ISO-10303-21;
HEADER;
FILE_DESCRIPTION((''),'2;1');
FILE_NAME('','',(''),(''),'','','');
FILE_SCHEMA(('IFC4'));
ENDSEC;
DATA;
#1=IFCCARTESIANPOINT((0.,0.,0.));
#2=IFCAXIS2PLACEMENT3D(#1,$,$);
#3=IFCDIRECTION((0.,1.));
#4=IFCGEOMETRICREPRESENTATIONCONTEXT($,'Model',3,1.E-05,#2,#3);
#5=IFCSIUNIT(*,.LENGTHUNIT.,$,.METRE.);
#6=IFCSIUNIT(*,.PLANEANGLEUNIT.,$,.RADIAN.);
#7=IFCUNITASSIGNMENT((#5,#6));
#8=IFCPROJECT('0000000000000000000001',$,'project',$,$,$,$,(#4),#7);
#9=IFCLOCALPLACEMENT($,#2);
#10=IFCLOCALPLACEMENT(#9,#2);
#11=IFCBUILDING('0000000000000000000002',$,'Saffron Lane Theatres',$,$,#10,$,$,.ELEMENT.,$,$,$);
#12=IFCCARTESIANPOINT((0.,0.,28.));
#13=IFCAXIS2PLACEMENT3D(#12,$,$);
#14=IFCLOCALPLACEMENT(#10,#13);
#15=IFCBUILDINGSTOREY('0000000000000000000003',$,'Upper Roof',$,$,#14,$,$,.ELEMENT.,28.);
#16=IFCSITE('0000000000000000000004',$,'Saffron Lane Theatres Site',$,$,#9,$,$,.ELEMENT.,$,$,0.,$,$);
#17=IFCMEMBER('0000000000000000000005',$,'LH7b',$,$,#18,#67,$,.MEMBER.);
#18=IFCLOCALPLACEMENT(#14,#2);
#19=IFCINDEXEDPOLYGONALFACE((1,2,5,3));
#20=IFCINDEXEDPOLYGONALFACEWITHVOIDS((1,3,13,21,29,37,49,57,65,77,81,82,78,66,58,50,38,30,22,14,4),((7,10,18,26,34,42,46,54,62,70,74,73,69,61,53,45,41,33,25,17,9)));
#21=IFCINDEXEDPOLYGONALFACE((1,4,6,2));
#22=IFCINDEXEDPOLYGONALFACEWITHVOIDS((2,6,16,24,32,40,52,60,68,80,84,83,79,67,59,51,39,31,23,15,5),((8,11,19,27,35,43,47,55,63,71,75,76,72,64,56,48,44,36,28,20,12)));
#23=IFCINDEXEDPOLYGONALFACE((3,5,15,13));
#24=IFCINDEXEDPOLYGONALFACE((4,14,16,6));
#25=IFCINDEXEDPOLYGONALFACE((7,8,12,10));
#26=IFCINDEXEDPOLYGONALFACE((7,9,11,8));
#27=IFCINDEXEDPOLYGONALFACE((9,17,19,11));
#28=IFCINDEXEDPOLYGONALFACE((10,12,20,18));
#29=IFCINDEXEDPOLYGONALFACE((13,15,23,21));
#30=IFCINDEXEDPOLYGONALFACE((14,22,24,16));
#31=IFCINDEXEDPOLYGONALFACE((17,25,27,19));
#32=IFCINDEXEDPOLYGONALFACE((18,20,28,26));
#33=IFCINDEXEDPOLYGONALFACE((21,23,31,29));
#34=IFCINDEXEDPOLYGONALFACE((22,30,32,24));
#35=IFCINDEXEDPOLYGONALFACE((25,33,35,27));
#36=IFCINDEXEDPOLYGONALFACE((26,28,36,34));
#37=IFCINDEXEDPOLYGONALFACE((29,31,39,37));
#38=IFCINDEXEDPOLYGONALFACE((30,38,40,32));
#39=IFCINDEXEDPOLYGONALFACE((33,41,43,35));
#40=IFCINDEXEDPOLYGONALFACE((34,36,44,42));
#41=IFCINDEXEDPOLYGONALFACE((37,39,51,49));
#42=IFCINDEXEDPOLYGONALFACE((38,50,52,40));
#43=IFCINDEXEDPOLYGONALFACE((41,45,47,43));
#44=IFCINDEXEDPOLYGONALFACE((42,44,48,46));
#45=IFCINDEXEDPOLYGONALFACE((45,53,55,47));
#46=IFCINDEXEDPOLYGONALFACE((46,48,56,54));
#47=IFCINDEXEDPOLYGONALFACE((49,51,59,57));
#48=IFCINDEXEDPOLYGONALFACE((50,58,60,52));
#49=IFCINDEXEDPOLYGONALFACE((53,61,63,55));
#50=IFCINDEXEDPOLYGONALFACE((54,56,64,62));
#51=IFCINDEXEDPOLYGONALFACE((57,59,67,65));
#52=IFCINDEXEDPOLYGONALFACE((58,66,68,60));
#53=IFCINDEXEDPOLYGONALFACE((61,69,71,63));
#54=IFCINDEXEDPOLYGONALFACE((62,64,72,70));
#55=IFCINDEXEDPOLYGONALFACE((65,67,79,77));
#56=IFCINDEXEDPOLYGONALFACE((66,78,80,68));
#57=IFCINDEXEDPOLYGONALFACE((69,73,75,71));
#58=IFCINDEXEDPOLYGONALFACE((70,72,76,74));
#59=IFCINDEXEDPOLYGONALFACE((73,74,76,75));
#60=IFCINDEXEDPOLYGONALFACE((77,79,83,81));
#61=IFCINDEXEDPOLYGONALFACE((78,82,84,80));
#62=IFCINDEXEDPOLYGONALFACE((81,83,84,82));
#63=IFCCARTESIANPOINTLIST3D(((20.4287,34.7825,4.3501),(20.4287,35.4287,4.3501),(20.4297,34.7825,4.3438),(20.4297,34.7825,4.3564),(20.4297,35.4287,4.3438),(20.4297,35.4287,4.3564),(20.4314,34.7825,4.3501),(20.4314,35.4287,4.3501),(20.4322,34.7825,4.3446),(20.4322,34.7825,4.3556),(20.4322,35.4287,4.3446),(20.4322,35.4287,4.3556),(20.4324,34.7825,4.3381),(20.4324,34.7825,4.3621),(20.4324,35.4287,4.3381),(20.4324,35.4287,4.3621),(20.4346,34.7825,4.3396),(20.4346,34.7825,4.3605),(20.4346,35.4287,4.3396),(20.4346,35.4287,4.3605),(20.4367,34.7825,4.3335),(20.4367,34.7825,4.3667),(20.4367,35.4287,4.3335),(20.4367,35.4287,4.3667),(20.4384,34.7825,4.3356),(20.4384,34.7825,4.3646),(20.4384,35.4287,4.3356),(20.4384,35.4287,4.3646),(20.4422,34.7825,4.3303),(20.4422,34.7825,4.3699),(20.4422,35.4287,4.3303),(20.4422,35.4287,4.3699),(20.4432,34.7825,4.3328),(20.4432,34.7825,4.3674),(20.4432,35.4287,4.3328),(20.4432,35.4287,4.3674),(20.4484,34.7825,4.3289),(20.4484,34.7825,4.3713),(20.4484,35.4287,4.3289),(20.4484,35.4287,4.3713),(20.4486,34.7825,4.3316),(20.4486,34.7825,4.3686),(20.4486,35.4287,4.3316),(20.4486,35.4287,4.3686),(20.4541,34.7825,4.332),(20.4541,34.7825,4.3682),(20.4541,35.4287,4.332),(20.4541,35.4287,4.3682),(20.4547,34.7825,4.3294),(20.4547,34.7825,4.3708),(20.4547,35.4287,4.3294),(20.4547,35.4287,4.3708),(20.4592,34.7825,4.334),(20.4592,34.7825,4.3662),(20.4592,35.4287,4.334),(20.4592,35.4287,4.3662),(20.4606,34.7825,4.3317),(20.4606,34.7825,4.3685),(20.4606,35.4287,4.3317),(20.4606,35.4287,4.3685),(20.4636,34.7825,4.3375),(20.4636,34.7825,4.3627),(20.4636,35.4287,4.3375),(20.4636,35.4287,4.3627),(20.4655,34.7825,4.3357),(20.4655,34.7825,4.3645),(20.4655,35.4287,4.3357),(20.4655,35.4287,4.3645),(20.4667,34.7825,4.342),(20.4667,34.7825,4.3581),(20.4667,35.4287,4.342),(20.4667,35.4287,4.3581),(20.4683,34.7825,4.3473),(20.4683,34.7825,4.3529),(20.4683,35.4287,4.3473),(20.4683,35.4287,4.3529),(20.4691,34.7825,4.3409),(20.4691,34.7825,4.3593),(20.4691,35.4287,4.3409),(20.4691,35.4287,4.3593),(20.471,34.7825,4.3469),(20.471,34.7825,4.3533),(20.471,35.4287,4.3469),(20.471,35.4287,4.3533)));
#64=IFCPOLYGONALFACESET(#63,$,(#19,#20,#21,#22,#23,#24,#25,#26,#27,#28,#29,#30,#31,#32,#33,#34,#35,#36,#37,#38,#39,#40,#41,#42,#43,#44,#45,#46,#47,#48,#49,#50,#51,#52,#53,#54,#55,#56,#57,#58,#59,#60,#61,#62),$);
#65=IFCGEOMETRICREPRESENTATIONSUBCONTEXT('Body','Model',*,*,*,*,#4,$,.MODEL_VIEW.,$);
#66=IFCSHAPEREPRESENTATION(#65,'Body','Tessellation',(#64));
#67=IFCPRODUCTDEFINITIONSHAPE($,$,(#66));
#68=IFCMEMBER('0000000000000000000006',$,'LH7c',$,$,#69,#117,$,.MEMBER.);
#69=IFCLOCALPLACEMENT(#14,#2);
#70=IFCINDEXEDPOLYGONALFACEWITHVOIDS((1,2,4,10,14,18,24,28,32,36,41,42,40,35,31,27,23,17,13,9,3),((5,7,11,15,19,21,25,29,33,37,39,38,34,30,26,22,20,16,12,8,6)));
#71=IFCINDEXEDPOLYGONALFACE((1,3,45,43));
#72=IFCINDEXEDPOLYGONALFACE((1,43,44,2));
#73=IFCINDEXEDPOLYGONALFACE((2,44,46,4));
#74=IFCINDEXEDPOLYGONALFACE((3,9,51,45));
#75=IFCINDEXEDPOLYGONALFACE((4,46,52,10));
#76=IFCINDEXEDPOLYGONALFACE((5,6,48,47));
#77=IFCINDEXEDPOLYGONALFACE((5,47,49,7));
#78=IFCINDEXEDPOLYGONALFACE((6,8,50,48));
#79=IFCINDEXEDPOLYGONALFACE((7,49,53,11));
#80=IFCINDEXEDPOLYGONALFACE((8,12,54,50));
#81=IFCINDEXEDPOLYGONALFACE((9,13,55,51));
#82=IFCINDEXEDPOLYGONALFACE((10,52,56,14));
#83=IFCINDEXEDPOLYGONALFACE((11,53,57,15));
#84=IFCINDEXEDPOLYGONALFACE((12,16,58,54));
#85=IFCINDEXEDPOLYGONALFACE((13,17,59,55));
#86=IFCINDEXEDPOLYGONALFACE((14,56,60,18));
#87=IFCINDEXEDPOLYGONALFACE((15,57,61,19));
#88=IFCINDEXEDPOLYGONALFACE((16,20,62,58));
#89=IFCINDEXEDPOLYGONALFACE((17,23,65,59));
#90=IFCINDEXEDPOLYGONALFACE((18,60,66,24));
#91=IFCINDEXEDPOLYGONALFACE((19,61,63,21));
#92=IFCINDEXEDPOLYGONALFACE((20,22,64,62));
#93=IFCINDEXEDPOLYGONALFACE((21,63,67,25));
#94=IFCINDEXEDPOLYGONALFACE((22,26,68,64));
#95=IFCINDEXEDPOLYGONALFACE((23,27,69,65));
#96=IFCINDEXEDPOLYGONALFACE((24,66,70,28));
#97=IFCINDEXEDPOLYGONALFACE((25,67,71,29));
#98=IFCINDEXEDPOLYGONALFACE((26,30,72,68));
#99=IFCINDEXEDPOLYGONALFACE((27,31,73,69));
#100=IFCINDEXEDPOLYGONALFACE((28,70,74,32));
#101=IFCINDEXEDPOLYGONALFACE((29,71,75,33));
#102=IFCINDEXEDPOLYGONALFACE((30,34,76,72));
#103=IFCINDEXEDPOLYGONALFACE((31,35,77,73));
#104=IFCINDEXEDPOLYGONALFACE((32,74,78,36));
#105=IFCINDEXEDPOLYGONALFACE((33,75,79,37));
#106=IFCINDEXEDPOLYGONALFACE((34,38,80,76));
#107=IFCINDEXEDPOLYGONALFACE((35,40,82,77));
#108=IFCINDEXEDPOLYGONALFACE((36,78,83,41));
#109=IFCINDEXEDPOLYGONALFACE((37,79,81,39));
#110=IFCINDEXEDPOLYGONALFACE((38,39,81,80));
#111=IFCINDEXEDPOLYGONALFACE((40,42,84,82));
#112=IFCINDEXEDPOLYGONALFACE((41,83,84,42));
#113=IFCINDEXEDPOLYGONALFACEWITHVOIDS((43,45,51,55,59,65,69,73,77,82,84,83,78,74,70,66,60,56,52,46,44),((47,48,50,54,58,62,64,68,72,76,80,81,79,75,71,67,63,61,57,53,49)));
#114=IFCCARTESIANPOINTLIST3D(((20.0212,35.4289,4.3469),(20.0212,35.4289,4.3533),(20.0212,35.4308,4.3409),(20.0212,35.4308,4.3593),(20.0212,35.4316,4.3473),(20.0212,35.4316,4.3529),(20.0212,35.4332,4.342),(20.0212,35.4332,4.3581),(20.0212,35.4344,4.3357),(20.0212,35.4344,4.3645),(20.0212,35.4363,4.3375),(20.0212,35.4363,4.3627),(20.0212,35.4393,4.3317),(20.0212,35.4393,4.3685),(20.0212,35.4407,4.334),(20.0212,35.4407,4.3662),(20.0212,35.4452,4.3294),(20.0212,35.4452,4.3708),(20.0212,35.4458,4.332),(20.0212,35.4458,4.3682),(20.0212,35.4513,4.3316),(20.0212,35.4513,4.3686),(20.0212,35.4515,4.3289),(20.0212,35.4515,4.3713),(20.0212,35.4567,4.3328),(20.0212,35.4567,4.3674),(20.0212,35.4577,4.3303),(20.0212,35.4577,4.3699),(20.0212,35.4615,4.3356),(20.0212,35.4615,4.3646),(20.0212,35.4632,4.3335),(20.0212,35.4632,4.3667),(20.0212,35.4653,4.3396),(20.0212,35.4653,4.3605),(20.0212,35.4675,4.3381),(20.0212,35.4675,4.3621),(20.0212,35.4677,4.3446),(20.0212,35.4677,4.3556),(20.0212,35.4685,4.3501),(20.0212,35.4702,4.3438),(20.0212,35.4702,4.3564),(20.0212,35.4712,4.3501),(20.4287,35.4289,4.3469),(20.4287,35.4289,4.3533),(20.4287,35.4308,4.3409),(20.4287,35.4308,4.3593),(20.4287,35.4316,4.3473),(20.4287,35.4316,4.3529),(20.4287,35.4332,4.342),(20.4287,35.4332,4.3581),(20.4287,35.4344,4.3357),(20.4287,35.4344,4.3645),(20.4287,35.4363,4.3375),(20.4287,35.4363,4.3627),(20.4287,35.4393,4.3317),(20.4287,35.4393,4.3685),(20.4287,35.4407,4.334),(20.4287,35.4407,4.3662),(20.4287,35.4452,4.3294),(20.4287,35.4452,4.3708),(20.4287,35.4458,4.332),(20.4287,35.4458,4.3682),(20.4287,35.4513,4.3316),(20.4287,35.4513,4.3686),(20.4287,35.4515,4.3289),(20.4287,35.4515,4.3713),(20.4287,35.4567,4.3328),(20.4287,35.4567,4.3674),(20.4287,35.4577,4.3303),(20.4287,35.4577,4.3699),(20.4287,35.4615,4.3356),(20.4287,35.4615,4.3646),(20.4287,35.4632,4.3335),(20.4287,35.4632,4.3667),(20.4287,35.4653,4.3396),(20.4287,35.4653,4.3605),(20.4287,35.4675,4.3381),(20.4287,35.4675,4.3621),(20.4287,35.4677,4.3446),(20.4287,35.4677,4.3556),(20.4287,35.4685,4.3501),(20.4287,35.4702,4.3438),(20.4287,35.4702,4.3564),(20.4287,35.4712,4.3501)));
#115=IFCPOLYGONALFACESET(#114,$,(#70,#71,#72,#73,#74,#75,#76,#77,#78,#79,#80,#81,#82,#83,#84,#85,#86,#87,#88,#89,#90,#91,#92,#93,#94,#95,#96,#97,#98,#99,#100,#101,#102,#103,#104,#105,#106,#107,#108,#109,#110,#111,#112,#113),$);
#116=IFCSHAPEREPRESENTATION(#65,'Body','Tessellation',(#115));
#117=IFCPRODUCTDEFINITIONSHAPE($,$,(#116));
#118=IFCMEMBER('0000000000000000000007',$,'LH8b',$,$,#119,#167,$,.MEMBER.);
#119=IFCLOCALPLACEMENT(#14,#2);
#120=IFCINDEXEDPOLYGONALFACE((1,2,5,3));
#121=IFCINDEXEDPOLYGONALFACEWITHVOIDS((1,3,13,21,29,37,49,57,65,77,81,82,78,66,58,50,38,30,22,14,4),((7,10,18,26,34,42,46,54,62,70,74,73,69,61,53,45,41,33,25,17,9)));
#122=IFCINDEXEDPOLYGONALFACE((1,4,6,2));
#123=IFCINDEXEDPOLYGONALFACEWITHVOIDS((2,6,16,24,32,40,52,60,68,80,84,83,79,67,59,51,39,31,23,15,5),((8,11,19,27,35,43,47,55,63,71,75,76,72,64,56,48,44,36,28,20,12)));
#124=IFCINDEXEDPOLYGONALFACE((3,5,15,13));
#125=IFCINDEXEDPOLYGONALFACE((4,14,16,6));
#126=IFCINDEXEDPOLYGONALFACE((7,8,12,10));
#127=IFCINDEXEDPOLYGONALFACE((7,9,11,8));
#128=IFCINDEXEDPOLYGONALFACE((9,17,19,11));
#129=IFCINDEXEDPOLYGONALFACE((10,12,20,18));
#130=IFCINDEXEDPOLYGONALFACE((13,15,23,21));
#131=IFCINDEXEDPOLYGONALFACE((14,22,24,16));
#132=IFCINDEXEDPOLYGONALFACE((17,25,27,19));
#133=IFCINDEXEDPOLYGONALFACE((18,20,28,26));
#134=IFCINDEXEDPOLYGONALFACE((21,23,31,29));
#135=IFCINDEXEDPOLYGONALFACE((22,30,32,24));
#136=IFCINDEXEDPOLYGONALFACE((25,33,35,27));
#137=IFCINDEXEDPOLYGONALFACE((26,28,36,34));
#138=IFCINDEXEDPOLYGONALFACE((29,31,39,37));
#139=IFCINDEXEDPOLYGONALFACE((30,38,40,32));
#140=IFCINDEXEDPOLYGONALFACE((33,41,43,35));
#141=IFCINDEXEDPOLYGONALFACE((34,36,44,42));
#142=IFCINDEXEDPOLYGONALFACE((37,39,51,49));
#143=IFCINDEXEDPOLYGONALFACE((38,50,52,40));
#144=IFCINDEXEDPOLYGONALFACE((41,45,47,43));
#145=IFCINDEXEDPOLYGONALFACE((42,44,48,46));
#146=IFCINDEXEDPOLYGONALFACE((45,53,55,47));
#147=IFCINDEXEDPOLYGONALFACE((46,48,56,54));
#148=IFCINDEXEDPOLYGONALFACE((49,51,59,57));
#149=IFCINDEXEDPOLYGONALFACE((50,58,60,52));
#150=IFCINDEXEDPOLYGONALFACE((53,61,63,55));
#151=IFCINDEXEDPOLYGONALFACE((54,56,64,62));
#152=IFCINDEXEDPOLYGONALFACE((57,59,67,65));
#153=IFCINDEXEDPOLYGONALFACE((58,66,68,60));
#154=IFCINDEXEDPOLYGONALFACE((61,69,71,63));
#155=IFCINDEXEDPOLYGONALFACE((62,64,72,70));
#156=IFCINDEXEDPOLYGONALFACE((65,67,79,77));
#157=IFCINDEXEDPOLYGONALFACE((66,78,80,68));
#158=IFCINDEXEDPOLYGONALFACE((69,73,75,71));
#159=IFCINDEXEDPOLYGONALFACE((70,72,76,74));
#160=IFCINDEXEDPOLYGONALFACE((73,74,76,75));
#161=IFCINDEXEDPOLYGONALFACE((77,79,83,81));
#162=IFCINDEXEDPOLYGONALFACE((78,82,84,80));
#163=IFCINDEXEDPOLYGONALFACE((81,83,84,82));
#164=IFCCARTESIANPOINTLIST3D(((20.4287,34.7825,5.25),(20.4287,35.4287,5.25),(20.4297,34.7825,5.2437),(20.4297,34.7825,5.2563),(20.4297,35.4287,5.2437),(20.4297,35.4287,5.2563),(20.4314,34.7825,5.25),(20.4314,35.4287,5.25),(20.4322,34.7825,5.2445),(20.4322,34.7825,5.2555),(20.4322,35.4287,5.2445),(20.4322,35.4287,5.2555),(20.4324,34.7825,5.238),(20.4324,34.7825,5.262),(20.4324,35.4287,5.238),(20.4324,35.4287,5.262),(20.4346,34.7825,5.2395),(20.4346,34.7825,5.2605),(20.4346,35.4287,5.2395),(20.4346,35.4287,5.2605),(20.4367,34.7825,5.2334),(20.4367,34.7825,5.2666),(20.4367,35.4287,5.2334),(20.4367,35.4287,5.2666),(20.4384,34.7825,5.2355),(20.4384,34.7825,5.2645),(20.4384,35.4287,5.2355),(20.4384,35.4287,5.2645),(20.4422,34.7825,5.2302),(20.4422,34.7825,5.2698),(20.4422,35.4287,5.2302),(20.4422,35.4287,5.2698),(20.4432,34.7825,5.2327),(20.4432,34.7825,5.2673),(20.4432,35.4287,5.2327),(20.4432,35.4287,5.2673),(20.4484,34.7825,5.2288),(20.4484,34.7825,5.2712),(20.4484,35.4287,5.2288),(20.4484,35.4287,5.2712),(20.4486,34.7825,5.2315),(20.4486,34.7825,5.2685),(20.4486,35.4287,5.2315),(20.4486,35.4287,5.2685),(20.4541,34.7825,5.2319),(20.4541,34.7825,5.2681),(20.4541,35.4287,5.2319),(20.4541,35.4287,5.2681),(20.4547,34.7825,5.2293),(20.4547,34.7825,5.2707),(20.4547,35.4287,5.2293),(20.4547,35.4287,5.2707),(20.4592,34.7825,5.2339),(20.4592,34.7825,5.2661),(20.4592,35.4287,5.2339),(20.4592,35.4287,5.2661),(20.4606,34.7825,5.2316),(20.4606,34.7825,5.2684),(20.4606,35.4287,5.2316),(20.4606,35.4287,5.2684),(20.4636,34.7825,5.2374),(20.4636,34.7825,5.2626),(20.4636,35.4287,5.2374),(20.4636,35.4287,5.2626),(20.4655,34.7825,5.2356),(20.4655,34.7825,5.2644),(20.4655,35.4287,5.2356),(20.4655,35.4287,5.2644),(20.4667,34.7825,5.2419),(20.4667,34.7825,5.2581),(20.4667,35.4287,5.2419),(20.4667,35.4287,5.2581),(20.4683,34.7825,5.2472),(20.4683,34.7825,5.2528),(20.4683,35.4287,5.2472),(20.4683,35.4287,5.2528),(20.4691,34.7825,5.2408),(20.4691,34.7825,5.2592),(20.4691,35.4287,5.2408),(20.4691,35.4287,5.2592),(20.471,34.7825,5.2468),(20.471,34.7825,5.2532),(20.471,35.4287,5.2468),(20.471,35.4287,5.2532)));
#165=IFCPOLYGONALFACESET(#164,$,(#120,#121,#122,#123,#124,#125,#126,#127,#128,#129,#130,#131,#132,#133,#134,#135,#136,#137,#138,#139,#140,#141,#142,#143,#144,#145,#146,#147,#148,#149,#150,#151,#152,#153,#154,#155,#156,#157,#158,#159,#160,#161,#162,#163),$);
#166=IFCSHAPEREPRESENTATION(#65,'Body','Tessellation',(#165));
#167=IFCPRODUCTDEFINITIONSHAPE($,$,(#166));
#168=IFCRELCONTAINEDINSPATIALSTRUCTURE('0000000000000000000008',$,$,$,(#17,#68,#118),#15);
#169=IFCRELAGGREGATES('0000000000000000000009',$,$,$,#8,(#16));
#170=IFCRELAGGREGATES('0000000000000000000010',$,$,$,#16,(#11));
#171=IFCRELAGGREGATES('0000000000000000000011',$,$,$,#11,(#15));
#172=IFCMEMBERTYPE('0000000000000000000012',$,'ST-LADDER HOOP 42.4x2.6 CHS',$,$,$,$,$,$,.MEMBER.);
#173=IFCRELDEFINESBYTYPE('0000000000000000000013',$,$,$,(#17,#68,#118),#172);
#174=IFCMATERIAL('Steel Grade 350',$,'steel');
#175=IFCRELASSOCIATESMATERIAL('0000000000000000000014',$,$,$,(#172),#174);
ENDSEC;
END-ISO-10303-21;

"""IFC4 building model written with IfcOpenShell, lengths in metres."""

from ifc_helpers import new_model, si_unit, direction, frame, origin, origin_2d, place, context, subcontext, project, spatial, hollow_circle, extrude, material, material_profile, profile_set, type_object, element, save


model = new_model("IFC4")

# Units and contexts
model_context = context("Model", 3, precision=1e-05, world=origin(), true_north=direction((0.0, 1.0)))
body_context = subcontext(model_context, "Body", "Model", "MODEL_VIEW")
ifc_project = project(units=[si_unit("LENGTHUNIT", "METRE"), si_unit("PLANEANGLEUNIT", "RADIAN")], contexts=[model_context])

# Site, building, storey
site_placement = place(None, origin())
site = spatial("IfcSite", under=ifc_project, at=site_placement, Name="Saffron Lane Theatres Site", CompositionType="ELEMENT", RefElevation=0.0)
building_placement = place(site_placement, origin())
building = spatial("IfcBuilding", under=site, at=building_placement, Name="Saffron Lane Theatres", CompositionType="ELEMENT")
storey_placement = place(building_placement, frame((0.0, 0.0, 28.0)))
storey = spatial("IfcBuildingStorey", under=building, at=storey_placement, Name="Upper Roof", CompositionType="ELEMENT", Elevation=28.0)

# Members
ifc_material_1 = material(Name="Steel Grade 350", Category="steel")
ifc_material_profile_1 = material_profile(ifc_material_1, hollow_circle(Radius=0.0212, WallThickness=0.0027, at=origin_2d()))
ifc_profile_set_1 = profile_set([ifc_material_profile_1], Name="Steel Grade 350")
member_type_1 = type_object("IfcMemberType", Name="ST-LADDER HOOP 42.4x2.6 CHS", PredefinedType="MEMBER", material=ifc_profile_set_1)
member_1_placement = place(storey_placement, frame((20.45, 34.7825, 4.3501), z_axis=(0.0, 1.0, 0.0), x_axis=(-1.0, 0.0, 0.0)))
element("IfcMember", 1, at=member_1_placement, inside=storey, type_object=member_type_1, Name="LH7b", PredefinedType="MEMBER", context=body_context, shape_type="SweptSolid", body=[
    extrude(hollow_circle(Radius=0.0212, WallThickness=0.0027, at=origin_2d()), origin(), (0.0, 0.0, 1.0), 0.6462),
])
member_2_placement = place(storey_placement, frame((20.0212, 35.45, 4.3501), z_axis=(1.0, 0.0, 0.0), x_axis=(0.0, 1.0, 0.0)))
element("IfcMember", 2, at=member_2_placement, inside=storey, type_object=member_type_1, Name="LH7c", PredefinedType="MEMBER", context=body_context, shape_type="SweptSolid", body=[
    extrude(hollow_circle(Radius=0.0212, WallThickness=0.0027, at=origin_2d()), origin(), (0.0, 0.0, 1.0), 0.4075),
])
member_3_placement = place(storey_placement, frame((20.45, 34.7825, 5.25), z_axis=(0.0, 1.0, 0.0), x_axis=(-1.0, 0.0, 0.0)))
element("IfcMember", 3, at=member_3_placement, inside=storey, type_object=member_type_1, Name="LH8b", PredefinedType="MEMBER", context=body_context, shape_type="SweptSolid", body=[
    extrude(hollow_circle(Radius=0.0212, WallThickness=0.0027, at=origin_2d()), origin(), (0.0, 0.0, 1.0), 0.6462),
])

save(model, "model.ifc")
